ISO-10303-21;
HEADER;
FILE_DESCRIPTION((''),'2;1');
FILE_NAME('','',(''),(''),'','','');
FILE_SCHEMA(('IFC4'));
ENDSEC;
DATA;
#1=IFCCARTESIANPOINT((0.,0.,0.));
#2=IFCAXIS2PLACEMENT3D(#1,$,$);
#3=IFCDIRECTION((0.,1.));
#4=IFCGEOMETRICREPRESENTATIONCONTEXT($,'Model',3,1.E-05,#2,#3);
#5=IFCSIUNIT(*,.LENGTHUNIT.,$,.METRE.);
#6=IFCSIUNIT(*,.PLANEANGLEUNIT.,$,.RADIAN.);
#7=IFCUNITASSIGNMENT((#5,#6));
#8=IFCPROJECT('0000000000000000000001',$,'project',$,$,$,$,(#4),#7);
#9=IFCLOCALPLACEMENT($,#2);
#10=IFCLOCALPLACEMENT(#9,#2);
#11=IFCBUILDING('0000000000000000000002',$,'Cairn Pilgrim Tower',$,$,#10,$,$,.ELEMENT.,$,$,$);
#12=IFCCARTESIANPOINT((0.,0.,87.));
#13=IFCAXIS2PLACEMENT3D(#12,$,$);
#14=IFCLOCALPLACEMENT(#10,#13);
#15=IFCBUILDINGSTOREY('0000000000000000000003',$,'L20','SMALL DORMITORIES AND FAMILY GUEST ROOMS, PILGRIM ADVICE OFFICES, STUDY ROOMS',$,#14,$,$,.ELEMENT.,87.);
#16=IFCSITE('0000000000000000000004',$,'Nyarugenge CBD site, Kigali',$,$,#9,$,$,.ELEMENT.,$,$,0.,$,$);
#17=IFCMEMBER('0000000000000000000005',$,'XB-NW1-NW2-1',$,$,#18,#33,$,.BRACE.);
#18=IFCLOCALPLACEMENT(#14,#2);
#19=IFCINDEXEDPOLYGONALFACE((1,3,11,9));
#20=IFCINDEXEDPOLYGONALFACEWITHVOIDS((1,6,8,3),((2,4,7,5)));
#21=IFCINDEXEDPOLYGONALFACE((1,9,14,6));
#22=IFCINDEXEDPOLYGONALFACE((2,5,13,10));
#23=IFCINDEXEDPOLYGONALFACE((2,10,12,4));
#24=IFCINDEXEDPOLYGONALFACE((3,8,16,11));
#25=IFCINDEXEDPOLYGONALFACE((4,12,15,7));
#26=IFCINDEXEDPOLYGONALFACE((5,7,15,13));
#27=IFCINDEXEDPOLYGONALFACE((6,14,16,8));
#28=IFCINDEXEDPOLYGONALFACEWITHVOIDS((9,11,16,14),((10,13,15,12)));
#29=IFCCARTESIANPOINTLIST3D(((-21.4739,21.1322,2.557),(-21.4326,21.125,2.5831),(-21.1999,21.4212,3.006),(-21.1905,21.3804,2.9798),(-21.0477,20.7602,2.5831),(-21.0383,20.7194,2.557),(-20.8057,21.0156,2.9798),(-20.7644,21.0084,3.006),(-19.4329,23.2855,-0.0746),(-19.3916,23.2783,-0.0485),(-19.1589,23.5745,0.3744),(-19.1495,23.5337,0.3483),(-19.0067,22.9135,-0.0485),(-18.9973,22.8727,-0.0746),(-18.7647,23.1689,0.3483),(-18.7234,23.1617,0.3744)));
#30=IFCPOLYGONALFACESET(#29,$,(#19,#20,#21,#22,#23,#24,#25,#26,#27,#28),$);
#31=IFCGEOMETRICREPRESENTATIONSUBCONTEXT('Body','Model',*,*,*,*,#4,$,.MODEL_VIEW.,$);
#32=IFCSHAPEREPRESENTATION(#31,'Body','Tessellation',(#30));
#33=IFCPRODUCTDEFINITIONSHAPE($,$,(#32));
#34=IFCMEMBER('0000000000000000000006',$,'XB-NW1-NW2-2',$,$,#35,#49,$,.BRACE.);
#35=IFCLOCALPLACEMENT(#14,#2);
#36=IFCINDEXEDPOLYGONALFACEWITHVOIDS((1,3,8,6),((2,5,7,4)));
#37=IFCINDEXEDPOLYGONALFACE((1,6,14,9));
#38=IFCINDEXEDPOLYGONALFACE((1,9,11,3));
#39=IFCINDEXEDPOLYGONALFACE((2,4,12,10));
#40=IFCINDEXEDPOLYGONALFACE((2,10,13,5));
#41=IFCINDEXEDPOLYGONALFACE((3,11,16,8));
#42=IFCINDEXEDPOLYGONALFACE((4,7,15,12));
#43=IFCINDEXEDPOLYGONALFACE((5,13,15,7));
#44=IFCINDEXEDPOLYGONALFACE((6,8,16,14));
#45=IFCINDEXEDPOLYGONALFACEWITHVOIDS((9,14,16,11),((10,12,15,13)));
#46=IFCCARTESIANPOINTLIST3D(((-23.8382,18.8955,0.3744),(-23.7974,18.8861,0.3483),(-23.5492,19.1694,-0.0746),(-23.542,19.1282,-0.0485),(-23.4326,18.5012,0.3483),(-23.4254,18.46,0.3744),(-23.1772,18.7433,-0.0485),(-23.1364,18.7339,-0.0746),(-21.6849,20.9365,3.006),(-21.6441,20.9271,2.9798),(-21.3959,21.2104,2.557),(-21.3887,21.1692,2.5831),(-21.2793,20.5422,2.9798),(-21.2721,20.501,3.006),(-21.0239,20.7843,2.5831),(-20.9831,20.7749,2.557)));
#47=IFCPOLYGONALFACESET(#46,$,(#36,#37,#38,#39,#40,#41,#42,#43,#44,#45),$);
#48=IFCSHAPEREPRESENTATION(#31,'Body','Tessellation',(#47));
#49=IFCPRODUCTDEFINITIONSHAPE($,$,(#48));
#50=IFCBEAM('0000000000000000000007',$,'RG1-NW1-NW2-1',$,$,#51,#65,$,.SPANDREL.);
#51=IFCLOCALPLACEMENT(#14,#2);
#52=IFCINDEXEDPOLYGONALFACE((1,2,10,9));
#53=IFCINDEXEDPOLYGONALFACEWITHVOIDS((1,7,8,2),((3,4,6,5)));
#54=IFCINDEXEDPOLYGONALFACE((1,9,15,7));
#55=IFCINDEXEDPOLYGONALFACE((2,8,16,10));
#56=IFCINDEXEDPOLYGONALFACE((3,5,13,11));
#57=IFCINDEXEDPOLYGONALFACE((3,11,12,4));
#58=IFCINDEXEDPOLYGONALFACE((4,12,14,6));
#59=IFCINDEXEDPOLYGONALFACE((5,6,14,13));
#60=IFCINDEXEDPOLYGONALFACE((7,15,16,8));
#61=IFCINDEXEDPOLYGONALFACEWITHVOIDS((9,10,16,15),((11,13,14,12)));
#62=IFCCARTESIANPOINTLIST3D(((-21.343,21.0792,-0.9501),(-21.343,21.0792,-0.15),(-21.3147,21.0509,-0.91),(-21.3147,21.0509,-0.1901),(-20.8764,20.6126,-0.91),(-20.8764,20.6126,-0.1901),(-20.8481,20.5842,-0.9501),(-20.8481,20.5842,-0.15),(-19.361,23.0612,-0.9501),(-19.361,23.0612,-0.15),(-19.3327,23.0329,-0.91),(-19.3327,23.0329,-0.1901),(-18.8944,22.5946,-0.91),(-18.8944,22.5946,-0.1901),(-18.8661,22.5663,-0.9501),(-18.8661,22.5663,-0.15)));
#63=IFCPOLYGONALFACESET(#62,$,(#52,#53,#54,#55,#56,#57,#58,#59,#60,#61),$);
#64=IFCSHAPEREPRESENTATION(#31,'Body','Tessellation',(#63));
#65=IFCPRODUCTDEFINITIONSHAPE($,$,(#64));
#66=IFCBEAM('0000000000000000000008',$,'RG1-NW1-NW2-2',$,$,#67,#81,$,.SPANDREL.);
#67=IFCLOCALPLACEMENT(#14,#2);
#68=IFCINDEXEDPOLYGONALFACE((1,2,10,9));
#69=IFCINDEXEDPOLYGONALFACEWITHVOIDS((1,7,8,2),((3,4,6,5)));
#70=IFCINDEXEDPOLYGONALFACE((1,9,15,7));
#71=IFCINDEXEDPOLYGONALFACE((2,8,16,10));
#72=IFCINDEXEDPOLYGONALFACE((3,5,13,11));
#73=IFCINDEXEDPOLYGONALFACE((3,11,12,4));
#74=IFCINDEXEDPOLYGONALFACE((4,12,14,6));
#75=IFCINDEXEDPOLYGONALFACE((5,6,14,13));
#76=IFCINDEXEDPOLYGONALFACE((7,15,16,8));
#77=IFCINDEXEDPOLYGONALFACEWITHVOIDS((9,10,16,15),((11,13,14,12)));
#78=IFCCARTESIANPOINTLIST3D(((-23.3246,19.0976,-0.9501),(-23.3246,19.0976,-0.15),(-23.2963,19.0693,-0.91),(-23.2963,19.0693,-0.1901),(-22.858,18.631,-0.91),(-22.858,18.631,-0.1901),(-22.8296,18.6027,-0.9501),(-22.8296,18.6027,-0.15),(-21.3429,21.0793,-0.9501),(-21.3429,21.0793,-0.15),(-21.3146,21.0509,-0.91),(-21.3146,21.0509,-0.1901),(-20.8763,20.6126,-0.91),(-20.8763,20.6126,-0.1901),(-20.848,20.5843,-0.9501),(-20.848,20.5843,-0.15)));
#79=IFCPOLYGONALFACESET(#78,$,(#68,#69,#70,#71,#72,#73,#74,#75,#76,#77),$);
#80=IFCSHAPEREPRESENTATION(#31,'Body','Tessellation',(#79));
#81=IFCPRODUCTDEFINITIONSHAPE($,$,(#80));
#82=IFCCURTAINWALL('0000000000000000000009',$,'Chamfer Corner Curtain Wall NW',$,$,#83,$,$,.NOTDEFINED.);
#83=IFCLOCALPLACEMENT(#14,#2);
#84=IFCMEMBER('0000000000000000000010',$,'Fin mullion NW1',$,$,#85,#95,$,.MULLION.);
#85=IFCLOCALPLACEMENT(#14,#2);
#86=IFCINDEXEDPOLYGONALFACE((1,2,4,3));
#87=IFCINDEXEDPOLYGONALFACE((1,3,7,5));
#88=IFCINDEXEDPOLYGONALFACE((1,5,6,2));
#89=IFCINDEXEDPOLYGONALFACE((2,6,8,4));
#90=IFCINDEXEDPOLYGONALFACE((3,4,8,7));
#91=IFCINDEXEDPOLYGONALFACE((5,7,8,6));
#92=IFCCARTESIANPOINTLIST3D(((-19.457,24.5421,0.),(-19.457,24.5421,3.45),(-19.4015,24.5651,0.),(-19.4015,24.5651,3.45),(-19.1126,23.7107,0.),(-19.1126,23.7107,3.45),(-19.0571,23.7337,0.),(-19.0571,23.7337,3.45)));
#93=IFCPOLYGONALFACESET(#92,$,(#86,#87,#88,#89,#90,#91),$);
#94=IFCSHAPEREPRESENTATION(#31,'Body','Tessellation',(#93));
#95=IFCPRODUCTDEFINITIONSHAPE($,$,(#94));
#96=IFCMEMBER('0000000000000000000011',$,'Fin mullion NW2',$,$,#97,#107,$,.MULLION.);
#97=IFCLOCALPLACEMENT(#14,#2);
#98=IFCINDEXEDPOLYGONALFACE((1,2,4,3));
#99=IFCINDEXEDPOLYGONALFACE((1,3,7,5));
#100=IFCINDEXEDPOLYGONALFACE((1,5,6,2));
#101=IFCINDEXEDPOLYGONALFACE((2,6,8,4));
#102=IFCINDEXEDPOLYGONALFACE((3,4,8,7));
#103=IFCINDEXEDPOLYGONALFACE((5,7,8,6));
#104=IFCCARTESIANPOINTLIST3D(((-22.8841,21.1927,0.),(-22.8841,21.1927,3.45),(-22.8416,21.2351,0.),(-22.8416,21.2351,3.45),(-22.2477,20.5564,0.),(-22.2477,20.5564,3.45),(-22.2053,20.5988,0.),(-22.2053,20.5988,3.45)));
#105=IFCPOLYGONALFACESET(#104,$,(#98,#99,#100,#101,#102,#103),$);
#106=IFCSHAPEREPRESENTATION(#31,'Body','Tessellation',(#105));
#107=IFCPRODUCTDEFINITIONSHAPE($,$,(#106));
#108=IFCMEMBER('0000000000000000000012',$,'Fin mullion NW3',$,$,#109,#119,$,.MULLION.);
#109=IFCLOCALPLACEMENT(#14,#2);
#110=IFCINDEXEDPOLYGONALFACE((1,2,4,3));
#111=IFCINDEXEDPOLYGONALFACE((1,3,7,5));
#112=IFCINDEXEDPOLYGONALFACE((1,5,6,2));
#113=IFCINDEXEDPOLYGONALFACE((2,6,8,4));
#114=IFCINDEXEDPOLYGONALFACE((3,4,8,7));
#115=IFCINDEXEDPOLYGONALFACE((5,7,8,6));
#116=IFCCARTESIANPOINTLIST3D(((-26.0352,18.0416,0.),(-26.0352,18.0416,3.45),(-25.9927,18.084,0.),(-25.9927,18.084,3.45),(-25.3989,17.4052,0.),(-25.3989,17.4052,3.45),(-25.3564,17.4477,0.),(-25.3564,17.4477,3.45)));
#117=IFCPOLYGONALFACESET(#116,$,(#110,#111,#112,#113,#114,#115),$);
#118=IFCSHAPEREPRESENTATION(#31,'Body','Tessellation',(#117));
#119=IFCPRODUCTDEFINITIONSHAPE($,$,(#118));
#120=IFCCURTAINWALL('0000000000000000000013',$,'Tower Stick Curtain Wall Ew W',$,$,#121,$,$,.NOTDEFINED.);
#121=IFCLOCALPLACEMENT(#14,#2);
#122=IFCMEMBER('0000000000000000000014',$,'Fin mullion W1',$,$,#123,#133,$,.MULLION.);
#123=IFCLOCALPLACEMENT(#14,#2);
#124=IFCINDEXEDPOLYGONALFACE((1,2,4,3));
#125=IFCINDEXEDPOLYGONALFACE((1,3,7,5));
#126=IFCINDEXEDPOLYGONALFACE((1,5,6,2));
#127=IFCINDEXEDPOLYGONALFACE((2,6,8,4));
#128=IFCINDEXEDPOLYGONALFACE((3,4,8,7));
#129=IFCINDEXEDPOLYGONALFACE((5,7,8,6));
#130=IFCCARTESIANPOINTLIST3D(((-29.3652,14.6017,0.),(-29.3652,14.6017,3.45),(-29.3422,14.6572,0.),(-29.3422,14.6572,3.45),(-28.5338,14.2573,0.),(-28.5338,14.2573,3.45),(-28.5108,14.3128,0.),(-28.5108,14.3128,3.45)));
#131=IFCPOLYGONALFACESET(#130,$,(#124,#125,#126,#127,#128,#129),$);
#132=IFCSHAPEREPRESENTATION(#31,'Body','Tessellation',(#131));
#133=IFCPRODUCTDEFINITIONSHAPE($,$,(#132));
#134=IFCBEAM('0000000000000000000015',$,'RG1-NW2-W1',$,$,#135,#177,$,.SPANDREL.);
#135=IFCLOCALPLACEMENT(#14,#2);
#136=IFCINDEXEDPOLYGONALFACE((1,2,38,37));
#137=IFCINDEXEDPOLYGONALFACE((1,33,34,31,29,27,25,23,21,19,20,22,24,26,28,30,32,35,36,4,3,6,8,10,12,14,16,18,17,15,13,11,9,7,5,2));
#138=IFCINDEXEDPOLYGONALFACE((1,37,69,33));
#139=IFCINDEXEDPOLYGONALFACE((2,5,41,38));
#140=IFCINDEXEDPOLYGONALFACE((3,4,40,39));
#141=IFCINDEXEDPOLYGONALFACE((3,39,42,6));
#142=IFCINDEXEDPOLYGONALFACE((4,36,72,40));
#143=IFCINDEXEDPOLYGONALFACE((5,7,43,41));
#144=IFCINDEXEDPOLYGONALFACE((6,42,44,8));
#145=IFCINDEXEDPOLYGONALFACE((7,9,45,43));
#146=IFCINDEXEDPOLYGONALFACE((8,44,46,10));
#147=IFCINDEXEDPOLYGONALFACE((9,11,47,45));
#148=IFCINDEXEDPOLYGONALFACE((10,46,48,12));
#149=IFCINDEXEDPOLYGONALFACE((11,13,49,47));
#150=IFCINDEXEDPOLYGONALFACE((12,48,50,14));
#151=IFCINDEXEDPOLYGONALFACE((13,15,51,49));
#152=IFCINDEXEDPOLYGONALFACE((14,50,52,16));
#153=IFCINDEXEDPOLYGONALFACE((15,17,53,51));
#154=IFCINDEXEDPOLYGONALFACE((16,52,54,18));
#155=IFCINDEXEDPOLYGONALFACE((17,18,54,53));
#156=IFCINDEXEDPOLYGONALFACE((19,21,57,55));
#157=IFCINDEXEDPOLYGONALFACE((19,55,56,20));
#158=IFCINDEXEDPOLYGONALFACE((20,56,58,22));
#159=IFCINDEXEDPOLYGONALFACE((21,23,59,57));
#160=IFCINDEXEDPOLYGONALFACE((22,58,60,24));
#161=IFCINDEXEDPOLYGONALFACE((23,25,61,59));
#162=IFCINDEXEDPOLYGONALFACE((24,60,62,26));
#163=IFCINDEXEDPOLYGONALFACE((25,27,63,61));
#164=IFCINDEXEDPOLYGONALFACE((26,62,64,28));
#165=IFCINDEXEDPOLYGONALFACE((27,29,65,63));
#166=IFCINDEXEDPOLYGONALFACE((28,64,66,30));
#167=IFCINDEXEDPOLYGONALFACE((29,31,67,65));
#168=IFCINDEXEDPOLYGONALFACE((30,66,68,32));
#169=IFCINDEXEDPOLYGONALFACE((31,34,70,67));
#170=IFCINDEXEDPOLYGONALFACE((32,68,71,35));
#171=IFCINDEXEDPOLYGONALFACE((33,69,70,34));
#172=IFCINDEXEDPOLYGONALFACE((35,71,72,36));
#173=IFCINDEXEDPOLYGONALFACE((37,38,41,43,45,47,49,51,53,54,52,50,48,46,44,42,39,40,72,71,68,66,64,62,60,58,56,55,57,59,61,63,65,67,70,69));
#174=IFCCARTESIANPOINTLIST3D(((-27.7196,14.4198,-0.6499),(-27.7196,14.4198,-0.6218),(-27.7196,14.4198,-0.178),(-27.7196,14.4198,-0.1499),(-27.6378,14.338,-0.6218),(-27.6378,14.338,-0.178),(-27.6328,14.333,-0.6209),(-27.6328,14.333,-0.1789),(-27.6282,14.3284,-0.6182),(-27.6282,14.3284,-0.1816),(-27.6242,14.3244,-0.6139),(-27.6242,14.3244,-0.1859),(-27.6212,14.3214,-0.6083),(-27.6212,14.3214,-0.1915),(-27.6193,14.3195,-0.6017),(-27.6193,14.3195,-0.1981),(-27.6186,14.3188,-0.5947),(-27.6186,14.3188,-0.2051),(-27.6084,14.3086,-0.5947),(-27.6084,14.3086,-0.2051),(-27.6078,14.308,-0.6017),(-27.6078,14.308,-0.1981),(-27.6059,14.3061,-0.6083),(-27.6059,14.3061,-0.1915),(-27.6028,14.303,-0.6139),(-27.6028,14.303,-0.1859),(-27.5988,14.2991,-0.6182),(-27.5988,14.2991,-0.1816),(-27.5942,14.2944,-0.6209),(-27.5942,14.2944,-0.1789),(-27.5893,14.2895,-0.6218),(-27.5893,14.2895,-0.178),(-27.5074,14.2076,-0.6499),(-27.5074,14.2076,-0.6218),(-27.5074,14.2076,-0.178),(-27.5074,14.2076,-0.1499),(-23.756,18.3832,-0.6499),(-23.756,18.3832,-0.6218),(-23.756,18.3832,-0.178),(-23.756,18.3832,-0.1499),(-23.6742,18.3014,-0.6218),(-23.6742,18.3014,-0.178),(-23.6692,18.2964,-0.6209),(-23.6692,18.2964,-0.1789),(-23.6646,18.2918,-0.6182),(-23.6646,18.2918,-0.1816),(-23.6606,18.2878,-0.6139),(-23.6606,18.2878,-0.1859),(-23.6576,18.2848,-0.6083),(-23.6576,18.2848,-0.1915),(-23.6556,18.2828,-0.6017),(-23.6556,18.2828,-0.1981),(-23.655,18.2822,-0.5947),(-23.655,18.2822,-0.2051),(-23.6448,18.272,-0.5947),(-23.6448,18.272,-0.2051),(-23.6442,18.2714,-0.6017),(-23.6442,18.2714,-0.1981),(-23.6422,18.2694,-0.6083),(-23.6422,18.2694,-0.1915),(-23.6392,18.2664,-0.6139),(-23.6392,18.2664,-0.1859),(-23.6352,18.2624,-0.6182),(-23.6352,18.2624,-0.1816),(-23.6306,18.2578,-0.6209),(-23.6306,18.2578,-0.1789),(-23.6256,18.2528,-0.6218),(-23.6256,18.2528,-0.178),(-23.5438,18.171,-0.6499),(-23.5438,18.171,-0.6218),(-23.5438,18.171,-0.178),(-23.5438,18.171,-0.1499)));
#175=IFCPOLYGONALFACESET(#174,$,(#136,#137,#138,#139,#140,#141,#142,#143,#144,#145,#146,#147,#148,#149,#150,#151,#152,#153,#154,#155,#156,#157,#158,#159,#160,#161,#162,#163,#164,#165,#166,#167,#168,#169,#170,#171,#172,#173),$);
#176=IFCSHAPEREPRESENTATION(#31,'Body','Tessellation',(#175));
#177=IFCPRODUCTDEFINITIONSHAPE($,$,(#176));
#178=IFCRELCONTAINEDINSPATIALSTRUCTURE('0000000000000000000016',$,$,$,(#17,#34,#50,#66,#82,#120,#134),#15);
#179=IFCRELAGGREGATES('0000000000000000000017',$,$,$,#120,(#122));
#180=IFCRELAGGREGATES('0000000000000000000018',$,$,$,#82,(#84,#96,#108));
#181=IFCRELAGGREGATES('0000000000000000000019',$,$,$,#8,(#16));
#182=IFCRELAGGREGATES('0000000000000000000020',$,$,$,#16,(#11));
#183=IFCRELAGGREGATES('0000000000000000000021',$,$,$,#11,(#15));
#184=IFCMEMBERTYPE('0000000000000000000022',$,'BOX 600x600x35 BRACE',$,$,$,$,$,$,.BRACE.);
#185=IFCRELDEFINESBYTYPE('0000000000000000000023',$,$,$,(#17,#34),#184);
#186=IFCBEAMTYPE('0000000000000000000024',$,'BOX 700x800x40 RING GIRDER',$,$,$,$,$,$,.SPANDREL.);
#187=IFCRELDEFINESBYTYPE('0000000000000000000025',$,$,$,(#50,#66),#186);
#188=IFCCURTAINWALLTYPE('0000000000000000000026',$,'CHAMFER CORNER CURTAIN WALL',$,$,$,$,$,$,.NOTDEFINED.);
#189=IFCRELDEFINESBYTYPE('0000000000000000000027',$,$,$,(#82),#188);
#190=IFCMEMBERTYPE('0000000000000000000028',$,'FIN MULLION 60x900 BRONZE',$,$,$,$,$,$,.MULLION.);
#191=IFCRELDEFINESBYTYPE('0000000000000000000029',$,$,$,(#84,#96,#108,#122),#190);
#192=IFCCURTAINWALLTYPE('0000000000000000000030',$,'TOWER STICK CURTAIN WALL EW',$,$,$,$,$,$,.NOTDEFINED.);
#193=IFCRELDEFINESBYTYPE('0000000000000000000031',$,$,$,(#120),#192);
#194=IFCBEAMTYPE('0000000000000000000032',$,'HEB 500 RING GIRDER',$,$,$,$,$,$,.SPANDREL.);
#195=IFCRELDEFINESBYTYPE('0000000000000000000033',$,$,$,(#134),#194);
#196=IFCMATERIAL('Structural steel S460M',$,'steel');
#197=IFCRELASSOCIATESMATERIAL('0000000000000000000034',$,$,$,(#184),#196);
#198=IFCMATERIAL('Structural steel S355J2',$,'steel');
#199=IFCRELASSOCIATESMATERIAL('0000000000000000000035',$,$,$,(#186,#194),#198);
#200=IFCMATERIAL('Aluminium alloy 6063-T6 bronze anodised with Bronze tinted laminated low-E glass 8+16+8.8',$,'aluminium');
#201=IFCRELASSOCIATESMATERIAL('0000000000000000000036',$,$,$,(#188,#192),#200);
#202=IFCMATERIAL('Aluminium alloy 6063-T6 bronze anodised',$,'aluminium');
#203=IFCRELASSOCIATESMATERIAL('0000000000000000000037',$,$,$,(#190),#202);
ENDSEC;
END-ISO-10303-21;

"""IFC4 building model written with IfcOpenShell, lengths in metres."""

from ifc_helpers import new_model, si_unit, direction, frame, origin, origin_2d, place, context, subcontext, project, spatial, rectangle, hollow_rectangle, i_section, extrude, material, material_profile, profile_set, type_object, element, aggregate, save


model = new_model("IFC4")

# Units and contexts
model_context = context("Model", 3, precision=1e-05, world=origin(), true_north=direction((0.0, 1.0)))
body_context = subcontext(model_context, "Body", "Model", "MODEL_VIEW")
ifc_project = project(units=[si_unit("LENGTHUNIT", "METRE"), si_unit("PLANEANGLEUNIT", "RADIAN")], contexts=[model_context])

# Site, building, storey
site_placement = place(None, origin())
site = spatial("IfcSite", under=ifc_project, at=site_placement, Name="Nyarugenge CBD site, Kigali", CompositionType="ELEMENT", RefElevation=0.0)
building_placement = place(site_placement, origin())
building = spatial("IfcBuilding", under=site, at=building_placement, Name="Cairn Pilgrim Tower", CompositionType="ELEMENT")
storey_placement = place(building_placement, frame((0.0, 0.0, 87.0)))
storey = spatial("IfcBuildingStorey", under=building, at=storey_placement, Name="L20", Description="SMALL DORMITORIES AND FAMILY GUEST ROOMS, PILGRIM ADVICE OFFICES, STUDY ROOMS", CompositionType="ELEMENT", Elevation=87.0)

# Shared definitions
ifc_material_1 = material(Name="Structural steel S460M", Category="steel")

# Members
ifc_material_profile_1 = material_profile(ifc_material_1, hollow_rectangle(XDim=0.6001, YDim=0.6001, WallThickness=0.0349, at=origin_2d()), Name="BOX 600x600x35")
ifc_profile_set_1 = profile_set([ifc_material_profile_1], Name="Structural steel S460M")
member_type_1 = type_object("IfcMemberType", Name="BOX 600x600x35 BRACE", PredefinedType="BRACE", material=ifc_profile_set_1)
for number, where, z_axis, x_axis, name in (
    (1, (-19.0781, 23.2236, 0.1499), (-0.51465, -0.542968, 0.663566), (0.72578, -0.687927, 0.0), "XB-NW1-NW2-1"),
    (2, (-23.4873, 18.8147, 0.1499), (0.542968, 0.51465, 0.663566), (-0.687927, 0.72578, 0.0), "XB-NW1-NW2-2"),
):
    element("IfcMember", number, at=place(storey_placement, frame(where, z_axis=z_axis, x_axis=x_axis)), inside=storey, type_object=member_type_1, Name=name, PredefinedType="BRACE", context=body_context, shape_type="SweptSolid", body=[
        extrude(hollow_rectangle(XDim=0.6001, YDim=0.6001, WallThickness=0.0349, at=origin_2d()), origin(), (0.0, 0.0, 1.0), 3.9658),
    ])

# Beams
ifc_material_2 = material(Name="Structural steel S355J2", Category="steel")
ifc_material_profile_2 = material_profile(ifc_material_2, hollow_rectangle(XDim=0.7, YDim=0.8, WallThickness=0.04, at=origin_2d()), Name="BOX 700x800x40")
ifc_profile_set_2 = profile_set([ifc_material_profile_2], Name="Structural steel S355J2")
beam_type_1 = type_object("IfcBeamType", Name="BOX 700x800x40 RING GIRDER", PredefinedType="SPANDREL", material=ifc_profile_set_2)
beam_1_placement = place(storey_placement, frame((-19.1135, 22.8137, -0.55), z_axis=(-0.707107, -0.707107, 0.0), x_axis=(0.707107, -0.707107, 0.0)))
element("IfcBeam", 3, at=beam_1_placement, inside=storey, type_object=beam_type_1, Name="RG1-NW1-NW2-1", PredefinedType="SPANDREL", context=body_context, shape_type="SweptSolid", body=[
    extrude(hollow_rectangle(XDim=0.7, YDim=0.8, WallThickness=0.04, at=origin_2d()), origin(), (0.0, 0.0, 1.0), 2.803),
])
beam_2_placement = place(storey_placement, frame((-21.0955, 20.8318, -0.55), z_axis=(-0.707107, -0.707107, 0.0), x_axis=(0.707107, -0.707107, 0.0)))
element("IfcBeam", 4, at=beam_2_placement, inside=storey, type_object=beam_type_1, Name="RG1-NW1-NW2-2", PredefinedType="SPANDREL", context=body_context, shape_type="SweptSolid", body=[
    extrude(hollow_rectangle(XDim=0.7, YDim=0.8, WallThickness=0.04, at=origin_2d()), origin(), (0.0, 0.0, 1.0), 2.8025),
])

# Curtain wall, members
ifc_material_3 = material(Name="Aluminium alloy 6063-T6 bronze anodised with Bronze tinted laminated low-E glass 8+16+8.8", Category="aluminium")
curtain_wall_type_1 = type_object("IfcCurtainWallType", Name="CHAMFER CORNER CURTAIN WALL", PredefinedType="NOTDEFINED", material=ifc_material_3)
curtain_wall_1_placement = place(storey_placement, origin())
curtain_wall_1 = element("IfcCurtainWall", 5, at=curtain_wall_1_placement, inside=storey, type_object=curtain_wall_type_1, Name="Chamfer Corner Curtain Wall NW", PredefinedType="NOTDEFINED")
ifc_material_4 = material(Name="Aluminium alloy 6063-T6 bronze anodised", Category="aluminium")
ifc_material_profile_3 = material_profile(ifc_material_4, rectangle(XDim=0.8999, YDim=0.0601, at=origin_2d()), Name="FIN MULLION 60x900 BRONZE")
ifc_profile_set_3 = profile_set([ifc_material_profile_3], Name="Aluminium alloy 6063-T6 bronze anodised")
member_type_2 = type_object("IfcMemberType", Name="FIN MULLION 60x900 BRONZE", PredefinedType="MULLION", material=ifc_profile_set_3)
member_1_placement = place(storey_placement, frame((-19.2571, 24.1379, 0.0), z_axis=(0.0, 0.0, 1.0), x_axis=(-0.382683, 0.92388, 0.0)))
member_1 = element("IfcMember", 6, at=member_1_placement, type_object=member_type_2, Name="Fin mullion NW1", PredefinedType="MULLION", context=body_context, shape_type="SweptSolid", body=[
    extrude(rectangle(XDim=0.8999, YDim=0.0601, at=origin_2d()), origin(), (0.0, 0.0, 1.0), 3.45),
])
member_2_placement = place(storey_placement, frame((-22.5447, 20.8958, 0.0), z_axis=(0.0, 0.0, 1.0), x_axis=(-0.707107, 0.707107, 0.0)))
member_2 = element("IfcMember", 7, at=member_2_placement, type_object=member_type_2, Name="Fin mullion NW2", PredefinedType="MULLION", context=body_context, shape_type="SweptSolid", body=[
    extrude(rectangle(XDim=0.8999, YDim=0.0601, at=origin_2d()), origin(), (0.0, 0.0, 1.0), 3.45),
])
member_3_placement = place(storey_placement, frame((-25.6958, 17.7446, 0.0), z_axis=(0.0, 0.0, 1.0), x_axis=(-0.707107, 0.707107, 0.0)))
member_3 = element("IfcMember", 8, at=member_3_placement, type_object=member_type_2, Name="Fin mullion NW3", PredefinedType="MULLION", context=body_context, shape_type="SweptSolid", body=[
    extrude(rectangle(XDim=0.8999, YDim=0.0601, at=origin_2d()), origin(), (0.0, 0.0, 1.0), 3.45),
])

# Curtain wall, member
curtain_wall_type_2 = type_object("IfcCurtainWallType", Name="TOWER STICK CURTAIN WALL EW", PredefinedType="NOTDEFINED", material=ifc_material_3)
curtain_wall_2_placement = place(storey_placement, origin())
curtain_wall_2 = element("IfcCurtainWall", 9, at=curtain_wall_2_placement, inside=storey, type_object=curtain_wall_type_2, Name="Tower Stick Curtain Wall Ew W", PredefinedType="NOTDEFINED")
member_4_placement = place(storey_placement, frame((-28.938, 14.4573, 0.0), z_axis=(0.0, 0.0, 1.0), x_axis=(-0.92388, 0.382683, 0.0)))
member_4 = element("IfcMember", 10, at=member_4_placement, type_object=member_type_2, Name="Fin mullion W1", PredefinedType="MULLION", context=body_context, shape_type="SweptSolid", body=[
    extrude(rectangle(XDim=0.8999, YDim=0.0601, at=origin_2d()), origin(), (0.0, 0.0, 1.0), 3.45),
])

# Beam
ifc_material_profile_4 = material_profile(ifc_material_2, i_section(OverallWidth=0.3, OverallDepth=0.5, WebThickness=0.0144, FlangeThickness=0.0281, FilletRadius=0.0271, at=origin_2d()), Name="HEB 500")
ifc_profile_set_4 = profile_set([ifc_material_profile_4], Name="Structural steel S355J2")
beam_type_2 = type_object("IfcBeamType", Name="HEB 500 RING GIRDER", PredefinedType="SPANDREL", material=ifc_profile_set_4)
beam_3_placement = place(storey_placement, frame((-23.6499, 18.2771, -0.3999), z_axis=(-0.707129, -0.707085, 0.0), x_axis=(0.707085, -0.707129, 0.0)))
element("IfcBeam", 11, at=beam_3_placement, inside=storey, type_object=beam_type_2, Name="RG1-NW2-W1", PredefinedType="SPANDREL", context=body_context, shape_type="SweptSolid", body=[
    extrude(i_section(OverallWidth=0.3, OverallDepth=0.5, WebThickness=0.0144, FlangeThickness=0.0281, FilletRadius=0.0271, at=origin_2d()), origin(), (0.0, 0.0, 1.0), 5.6052),
])

aggregate(curtain_wall_2, [member_4])

aggregate(curtain_wall_1, [member_1, member_2, member_3])

save(model, "model.ifc")
